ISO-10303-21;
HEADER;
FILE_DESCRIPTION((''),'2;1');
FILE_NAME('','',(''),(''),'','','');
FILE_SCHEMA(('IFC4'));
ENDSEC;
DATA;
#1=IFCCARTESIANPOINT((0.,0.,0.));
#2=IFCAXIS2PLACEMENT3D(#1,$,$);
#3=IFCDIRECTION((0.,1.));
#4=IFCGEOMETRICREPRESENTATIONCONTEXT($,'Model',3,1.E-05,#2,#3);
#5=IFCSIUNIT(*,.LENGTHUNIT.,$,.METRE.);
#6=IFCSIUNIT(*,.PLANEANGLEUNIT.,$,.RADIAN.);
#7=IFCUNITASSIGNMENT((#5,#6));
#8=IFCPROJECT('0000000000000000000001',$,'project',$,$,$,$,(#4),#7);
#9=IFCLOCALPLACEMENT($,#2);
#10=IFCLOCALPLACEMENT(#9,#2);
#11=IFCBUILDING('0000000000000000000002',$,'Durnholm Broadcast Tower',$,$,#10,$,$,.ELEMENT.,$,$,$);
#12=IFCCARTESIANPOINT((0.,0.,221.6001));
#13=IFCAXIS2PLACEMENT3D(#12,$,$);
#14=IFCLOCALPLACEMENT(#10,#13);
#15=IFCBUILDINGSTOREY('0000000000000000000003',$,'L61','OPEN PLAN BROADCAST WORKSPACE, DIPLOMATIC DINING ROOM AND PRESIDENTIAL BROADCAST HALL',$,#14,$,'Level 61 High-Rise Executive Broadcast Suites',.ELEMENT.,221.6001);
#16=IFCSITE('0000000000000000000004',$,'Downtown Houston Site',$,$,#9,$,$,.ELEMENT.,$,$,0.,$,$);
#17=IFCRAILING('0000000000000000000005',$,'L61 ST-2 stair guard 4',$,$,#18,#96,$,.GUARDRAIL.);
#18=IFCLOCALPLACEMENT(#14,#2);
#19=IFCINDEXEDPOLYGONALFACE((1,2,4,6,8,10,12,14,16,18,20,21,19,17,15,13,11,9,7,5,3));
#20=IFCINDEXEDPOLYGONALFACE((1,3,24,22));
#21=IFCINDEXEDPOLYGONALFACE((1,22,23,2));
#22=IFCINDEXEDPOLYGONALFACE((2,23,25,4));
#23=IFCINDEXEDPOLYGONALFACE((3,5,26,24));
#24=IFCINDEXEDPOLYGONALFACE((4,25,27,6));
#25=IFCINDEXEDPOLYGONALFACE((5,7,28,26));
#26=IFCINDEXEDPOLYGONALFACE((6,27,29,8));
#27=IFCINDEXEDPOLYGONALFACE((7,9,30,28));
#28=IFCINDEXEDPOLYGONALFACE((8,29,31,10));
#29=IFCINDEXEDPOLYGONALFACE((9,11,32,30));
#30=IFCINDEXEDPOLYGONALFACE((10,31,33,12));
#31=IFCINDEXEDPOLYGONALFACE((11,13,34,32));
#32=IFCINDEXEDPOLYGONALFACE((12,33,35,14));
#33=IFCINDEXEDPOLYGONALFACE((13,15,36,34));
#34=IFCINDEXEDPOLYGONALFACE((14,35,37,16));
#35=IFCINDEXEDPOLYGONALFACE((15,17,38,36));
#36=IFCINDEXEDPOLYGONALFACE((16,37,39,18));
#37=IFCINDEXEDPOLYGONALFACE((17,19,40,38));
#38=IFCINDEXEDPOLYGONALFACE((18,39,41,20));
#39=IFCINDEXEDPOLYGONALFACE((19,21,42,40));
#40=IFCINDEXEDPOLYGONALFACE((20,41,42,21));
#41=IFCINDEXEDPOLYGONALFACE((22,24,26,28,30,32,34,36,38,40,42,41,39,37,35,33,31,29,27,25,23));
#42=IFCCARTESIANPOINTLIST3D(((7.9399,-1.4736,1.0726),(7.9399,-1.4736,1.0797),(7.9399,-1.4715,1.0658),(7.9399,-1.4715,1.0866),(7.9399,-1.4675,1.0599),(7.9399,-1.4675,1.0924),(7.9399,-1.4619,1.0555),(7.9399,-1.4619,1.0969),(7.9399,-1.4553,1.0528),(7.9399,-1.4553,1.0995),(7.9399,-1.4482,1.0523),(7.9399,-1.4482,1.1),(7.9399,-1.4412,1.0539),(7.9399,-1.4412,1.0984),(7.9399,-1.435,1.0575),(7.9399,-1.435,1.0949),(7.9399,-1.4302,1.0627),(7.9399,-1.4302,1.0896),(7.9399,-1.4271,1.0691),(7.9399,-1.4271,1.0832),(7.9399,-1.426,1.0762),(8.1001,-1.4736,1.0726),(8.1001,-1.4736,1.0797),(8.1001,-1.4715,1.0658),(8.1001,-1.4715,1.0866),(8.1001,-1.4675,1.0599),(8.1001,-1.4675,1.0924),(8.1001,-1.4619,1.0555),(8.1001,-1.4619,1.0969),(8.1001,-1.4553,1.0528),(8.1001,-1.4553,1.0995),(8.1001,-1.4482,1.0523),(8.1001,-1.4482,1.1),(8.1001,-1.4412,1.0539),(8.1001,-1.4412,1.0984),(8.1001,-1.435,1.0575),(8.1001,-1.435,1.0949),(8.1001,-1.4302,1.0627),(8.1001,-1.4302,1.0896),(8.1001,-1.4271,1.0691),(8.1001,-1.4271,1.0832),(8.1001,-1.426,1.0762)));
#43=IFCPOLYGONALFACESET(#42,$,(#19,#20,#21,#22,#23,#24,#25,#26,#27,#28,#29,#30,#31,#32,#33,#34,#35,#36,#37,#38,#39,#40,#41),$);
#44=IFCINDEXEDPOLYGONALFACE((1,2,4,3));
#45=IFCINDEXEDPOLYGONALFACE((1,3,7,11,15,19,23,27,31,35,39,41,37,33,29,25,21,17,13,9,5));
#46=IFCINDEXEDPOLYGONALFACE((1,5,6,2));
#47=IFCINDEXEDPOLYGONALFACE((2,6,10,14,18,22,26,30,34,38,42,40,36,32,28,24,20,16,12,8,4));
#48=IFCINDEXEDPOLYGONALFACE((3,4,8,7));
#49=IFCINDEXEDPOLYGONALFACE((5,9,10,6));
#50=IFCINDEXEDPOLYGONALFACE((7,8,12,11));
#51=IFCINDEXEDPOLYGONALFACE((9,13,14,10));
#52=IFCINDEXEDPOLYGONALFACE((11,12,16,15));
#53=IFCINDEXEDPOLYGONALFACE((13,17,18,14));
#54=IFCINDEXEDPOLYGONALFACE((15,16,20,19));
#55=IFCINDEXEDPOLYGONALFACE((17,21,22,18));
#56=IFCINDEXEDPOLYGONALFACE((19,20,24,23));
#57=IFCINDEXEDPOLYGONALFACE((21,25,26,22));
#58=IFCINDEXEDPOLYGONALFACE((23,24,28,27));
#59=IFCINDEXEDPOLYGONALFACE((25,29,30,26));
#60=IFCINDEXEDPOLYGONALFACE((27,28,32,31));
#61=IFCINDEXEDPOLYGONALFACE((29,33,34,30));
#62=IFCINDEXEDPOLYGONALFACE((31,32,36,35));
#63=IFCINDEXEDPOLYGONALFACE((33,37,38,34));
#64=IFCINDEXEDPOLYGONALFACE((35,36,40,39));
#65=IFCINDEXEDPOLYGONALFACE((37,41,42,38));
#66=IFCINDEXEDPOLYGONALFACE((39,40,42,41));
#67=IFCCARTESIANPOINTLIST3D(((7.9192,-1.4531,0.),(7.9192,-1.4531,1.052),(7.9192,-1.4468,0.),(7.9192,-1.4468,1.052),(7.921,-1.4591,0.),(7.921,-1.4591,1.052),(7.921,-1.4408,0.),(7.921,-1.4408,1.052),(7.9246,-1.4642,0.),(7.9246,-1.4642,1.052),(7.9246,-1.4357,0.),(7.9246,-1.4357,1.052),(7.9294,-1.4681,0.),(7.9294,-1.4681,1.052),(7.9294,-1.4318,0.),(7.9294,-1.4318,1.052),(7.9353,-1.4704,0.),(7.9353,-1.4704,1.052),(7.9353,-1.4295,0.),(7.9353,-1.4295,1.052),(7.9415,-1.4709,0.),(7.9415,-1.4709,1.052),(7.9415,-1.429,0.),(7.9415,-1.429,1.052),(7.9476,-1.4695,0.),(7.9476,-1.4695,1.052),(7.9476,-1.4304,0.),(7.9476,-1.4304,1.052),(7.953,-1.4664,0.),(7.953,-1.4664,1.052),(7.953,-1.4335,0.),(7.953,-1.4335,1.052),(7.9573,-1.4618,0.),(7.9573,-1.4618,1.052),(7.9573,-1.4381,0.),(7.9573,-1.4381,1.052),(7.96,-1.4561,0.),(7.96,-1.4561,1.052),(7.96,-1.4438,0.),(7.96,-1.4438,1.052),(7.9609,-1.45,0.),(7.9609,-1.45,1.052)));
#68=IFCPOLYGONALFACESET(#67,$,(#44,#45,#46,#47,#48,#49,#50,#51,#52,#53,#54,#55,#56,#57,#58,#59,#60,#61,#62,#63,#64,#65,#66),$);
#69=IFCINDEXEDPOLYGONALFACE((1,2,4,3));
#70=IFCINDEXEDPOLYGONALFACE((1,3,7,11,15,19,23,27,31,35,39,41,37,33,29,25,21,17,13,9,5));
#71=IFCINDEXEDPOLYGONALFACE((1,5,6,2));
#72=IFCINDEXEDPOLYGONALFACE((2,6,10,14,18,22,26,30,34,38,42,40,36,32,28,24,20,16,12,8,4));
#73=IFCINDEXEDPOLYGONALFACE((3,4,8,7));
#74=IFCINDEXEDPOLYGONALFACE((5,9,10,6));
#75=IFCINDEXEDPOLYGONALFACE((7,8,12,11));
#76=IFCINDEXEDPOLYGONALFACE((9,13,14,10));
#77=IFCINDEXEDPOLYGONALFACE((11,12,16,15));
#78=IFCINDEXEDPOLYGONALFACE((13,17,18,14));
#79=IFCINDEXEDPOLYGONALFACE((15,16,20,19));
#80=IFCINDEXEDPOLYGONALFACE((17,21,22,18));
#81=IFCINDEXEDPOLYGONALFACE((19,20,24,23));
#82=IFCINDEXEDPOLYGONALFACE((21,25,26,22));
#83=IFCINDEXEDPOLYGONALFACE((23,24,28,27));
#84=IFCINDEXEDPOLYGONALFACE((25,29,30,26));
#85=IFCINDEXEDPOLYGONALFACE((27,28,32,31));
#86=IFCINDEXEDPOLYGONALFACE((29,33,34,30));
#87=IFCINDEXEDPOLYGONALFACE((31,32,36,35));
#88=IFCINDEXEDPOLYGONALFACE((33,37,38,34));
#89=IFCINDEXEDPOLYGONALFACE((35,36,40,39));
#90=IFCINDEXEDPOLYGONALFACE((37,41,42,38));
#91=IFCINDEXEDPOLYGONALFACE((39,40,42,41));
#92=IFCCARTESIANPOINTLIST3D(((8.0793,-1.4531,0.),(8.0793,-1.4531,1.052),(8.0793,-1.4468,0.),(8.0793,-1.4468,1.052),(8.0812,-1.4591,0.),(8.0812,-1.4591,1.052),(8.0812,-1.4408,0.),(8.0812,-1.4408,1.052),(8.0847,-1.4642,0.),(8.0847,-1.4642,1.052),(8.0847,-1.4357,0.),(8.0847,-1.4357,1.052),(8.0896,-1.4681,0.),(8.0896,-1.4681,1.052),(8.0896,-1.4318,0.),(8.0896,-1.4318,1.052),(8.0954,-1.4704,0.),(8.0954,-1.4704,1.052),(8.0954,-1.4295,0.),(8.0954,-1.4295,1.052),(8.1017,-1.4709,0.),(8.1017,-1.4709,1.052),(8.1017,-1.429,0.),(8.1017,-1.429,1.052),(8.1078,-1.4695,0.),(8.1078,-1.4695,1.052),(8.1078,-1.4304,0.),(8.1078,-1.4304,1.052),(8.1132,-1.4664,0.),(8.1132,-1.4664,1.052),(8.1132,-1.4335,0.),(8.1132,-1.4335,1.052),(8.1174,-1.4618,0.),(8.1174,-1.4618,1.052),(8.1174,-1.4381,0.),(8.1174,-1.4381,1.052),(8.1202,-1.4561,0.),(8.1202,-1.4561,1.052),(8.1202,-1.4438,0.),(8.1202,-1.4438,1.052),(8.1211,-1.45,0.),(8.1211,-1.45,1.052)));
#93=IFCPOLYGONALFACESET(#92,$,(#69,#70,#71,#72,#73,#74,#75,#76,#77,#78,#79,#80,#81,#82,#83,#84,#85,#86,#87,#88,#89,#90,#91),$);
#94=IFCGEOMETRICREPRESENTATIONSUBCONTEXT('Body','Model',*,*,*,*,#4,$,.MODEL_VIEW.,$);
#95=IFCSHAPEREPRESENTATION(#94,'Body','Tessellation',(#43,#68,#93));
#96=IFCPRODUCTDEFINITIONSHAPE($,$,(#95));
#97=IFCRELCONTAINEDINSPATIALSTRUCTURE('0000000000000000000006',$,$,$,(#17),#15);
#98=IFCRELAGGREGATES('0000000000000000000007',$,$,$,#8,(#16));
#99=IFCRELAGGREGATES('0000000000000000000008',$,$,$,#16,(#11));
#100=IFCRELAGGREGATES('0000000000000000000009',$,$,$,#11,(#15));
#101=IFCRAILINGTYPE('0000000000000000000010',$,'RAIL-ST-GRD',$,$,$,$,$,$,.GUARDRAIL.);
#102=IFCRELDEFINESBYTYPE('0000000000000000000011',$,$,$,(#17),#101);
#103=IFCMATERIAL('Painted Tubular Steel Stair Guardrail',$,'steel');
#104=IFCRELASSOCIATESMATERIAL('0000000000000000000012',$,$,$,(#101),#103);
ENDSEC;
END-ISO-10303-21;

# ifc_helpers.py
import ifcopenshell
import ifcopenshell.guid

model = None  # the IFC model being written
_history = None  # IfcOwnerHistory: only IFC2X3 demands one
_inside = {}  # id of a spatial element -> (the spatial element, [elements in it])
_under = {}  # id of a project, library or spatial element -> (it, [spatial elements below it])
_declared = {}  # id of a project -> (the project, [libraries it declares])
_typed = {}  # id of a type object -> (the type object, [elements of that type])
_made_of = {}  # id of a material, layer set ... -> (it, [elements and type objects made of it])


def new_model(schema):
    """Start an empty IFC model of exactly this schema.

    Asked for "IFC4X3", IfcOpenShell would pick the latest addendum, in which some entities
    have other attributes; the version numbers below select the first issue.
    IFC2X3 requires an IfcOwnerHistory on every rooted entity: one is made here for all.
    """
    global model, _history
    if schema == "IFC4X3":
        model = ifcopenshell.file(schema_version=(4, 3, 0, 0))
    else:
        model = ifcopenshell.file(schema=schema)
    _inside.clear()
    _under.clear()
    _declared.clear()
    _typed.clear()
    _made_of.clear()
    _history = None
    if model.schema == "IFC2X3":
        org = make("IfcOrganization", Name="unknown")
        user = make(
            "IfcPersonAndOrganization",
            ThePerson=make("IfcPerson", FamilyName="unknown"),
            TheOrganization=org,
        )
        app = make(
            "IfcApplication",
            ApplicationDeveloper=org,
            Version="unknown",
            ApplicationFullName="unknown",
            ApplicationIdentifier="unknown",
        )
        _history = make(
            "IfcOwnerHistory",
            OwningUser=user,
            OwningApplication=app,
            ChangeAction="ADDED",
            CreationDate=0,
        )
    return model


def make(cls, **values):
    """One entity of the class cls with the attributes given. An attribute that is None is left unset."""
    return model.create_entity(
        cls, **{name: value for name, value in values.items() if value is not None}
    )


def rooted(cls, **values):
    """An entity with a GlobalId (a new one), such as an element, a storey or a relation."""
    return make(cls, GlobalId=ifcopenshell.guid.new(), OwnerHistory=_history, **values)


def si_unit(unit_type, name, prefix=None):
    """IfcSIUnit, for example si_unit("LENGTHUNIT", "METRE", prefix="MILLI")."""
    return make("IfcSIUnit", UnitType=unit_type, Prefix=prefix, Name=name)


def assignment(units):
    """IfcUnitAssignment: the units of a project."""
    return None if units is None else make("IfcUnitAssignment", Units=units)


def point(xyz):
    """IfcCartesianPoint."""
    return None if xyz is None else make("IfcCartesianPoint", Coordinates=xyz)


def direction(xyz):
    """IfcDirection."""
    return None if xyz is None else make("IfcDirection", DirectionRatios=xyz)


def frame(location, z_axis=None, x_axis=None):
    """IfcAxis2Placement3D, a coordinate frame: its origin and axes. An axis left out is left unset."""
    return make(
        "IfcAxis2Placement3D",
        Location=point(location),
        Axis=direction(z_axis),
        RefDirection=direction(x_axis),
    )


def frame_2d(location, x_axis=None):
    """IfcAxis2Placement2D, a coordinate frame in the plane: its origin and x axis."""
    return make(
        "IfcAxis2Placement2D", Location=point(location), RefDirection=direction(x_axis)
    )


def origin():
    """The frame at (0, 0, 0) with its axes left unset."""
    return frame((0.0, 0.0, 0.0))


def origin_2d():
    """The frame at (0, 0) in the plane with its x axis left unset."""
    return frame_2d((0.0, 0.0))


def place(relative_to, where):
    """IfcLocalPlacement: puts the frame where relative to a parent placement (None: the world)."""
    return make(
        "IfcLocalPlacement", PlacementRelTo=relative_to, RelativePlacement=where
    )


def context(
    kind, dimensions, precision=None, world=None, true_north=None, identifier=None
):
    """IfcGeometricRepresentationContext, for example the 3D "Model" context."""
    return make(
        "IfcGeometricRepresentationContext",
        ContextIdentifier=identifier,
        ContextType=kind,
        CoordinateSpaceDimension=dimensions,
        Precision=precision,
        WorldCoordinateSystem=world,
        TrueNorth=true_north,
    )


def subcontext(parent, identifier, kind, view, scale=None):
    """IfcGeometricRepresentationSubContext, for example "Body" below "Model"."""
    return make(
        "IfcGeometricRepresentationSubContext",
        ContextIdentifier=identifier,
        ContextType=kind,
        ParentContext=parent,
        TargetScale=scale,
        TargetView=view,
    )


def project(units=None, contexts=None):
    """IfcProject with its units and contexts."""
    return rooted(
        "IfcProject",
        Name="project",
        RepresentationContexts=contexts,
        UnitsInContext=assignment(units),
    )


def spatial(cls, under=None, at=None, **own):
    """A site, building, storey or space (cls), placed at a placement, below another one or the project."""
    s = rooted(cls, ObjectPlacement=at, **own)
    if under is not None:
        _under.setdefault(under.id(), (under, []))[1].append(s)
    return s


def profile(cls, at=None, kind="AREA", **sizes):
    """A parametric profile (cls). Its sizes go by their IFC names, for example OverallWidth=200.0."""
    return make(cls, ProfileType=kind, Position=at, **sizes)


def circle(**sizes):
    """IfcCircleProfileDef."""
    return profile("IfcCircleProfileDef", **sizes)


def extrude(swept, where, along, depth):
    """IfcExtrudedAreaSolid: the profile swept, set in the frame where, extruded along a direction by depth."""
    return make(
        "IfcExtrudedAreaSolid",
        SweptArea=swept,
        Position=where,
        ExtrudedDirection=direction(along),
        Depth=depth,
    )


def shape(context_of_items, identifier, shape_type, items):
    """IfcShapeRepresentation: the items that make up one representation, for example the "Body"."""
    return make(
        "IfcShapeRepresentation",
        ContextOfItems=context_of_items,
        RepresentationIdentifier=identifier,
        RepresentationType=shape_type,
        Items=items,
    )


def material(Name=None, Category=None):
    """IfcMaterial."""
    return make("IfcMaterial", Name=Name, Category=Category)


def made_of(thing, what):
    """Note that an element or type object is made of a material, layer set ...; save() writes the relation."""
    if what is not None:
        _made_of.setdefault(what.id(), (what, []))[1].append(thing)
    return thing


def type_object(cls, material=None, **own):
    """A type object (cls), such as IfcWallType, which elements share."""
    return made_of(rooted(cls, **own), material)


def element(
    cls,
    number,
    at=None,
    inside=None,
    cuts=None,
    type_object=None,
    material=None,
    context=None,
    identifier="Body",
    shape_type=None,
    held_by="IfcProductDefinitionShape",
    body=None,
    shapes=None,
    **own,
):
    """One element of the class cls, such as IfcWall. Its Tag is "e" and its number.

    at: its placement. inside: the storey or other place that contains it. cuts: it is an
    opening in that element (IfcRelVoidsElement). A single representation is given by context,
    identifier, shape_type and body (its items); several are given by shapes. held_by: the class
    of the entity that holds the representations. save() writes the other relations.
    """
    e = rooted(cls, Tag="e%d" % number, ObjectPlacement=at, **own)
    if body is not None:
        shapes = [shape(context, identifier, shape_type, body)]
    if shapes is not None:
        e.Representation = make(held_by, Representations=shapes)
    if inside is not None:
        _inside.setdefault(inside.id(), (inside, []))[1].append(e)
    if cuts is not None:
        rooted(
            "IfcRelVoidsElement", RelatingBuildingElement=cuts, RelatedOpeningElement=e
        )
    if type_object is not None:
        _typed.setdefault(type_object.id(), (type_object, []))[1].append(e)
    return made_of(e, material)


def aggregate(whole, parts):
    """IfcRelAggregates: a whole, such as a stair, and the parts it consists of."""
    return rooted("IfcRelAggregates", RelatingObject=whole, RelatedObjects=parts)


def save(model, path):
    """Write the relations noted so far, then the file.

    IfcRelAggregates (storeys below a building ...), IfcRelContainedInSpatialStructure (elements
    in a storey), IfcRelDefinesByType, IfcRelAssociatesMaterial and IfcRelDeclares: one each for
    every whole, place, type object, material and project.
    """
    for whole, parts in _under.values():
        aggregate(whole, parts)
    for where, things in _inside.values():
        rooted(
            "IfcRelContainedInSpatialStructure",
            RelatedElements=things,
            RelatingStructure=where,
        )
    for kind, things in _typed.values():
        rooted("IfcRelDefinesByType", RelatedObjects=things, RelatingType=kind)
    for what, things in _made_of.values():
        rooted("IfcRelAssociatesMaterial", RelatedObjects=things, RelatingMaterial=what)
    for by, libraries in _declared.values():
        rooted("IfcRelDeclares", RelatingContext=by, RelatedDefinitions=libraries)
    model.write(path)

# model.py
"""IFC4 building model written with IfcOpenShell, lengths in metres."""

from ifc_helpers import new_model, si_unit, direction, frame, origin, origin_2d, place, context, subcontext, project, spatial, circle, extrude, material, type_object, element, save


model = new_model("IFC4")

# Units and contexts
model_context = context("Model", 3, precision=1e-05, world=origin(), true_north=direction((0.0, 1.0)))
body_context = subcontext(model_context, "Body", "Model", "MODEL_VIEW")
ifc_project = project(units=[si_unit("LENGTHUNIT", "METRE"), si_unit("PLANEANGLEUNIT", "RADIAN")], contexts=[model_context])

# Site, building, storey
site_placement = place(None, origin())
site = spatial("IfcSite", under=ifc_project, at=site_placement, Name="Downtown Houston Site", CompositionType="ELEMENT", RefElevation=0.0)
building_placement = place(site_placement, origin())
building = spatial("IfcBuilding", under=site, at=building_placement, Name="Durnholm Broadcast Tower", CompositionType="ELEMENT")
storey_placement = place(building_placement, frame((0.0, 0.0, 221.6001)))
storey = spatial("IfcBuildingStorey", under=building, at=storey_placement, Name="L61", Description="OPEN PLAN BROADCAST WORKSPACE, DIPLOMATIC DINING ROOM AND PRESIDENTIAL BROADCAST HALL", LongName="Level 61 High-Rise Executive Broadcast Suites", CompositionType="ELEMENT", Elevation=221.6001)

# Railing
ifc_material_1 = material(Name="Painted Tubular Steel Stair Guardrail", Category="steel")
railing_type_1 = type_object("IfcRailingType", Name="RAIL-ST-GRD", PredefinedType="GUARDRAIL", material=ifc_material_1)
railing_1_placement = place(storey_placement, frame((7.9399, -1.45, 0.0)))
element("IfcRailing", 1, at=railing_1_placement, inside=storey, type_object=railing_type_1, Name="L61 ST-2 stair guard 4", PredefinedType="GUARDRAIL", context=body_context, shape_type="SweptSolid", body=[
    extrude(circle(Radius=0.0239, at=origin_2d()), frame((0.0, 0.0, 1.0762), z_axis=(1.0, 0.0, 0.0), x_axis=(0.0, 1.0, 0.0)), (0.0, 0.0, 1.0), 0.1602),
    extrude(circle(Radius=0.021, at=origin_2d()), origin(), (0.0, 0.0, 1.0), 1.052),
    extrude(circle(Radius=0.021, at=origin_2d()), frame((0.1602, 0.0, 0.0)), (0.0, 0.0, 1.0), 1.052),
])

save(model, "model.ifc")
